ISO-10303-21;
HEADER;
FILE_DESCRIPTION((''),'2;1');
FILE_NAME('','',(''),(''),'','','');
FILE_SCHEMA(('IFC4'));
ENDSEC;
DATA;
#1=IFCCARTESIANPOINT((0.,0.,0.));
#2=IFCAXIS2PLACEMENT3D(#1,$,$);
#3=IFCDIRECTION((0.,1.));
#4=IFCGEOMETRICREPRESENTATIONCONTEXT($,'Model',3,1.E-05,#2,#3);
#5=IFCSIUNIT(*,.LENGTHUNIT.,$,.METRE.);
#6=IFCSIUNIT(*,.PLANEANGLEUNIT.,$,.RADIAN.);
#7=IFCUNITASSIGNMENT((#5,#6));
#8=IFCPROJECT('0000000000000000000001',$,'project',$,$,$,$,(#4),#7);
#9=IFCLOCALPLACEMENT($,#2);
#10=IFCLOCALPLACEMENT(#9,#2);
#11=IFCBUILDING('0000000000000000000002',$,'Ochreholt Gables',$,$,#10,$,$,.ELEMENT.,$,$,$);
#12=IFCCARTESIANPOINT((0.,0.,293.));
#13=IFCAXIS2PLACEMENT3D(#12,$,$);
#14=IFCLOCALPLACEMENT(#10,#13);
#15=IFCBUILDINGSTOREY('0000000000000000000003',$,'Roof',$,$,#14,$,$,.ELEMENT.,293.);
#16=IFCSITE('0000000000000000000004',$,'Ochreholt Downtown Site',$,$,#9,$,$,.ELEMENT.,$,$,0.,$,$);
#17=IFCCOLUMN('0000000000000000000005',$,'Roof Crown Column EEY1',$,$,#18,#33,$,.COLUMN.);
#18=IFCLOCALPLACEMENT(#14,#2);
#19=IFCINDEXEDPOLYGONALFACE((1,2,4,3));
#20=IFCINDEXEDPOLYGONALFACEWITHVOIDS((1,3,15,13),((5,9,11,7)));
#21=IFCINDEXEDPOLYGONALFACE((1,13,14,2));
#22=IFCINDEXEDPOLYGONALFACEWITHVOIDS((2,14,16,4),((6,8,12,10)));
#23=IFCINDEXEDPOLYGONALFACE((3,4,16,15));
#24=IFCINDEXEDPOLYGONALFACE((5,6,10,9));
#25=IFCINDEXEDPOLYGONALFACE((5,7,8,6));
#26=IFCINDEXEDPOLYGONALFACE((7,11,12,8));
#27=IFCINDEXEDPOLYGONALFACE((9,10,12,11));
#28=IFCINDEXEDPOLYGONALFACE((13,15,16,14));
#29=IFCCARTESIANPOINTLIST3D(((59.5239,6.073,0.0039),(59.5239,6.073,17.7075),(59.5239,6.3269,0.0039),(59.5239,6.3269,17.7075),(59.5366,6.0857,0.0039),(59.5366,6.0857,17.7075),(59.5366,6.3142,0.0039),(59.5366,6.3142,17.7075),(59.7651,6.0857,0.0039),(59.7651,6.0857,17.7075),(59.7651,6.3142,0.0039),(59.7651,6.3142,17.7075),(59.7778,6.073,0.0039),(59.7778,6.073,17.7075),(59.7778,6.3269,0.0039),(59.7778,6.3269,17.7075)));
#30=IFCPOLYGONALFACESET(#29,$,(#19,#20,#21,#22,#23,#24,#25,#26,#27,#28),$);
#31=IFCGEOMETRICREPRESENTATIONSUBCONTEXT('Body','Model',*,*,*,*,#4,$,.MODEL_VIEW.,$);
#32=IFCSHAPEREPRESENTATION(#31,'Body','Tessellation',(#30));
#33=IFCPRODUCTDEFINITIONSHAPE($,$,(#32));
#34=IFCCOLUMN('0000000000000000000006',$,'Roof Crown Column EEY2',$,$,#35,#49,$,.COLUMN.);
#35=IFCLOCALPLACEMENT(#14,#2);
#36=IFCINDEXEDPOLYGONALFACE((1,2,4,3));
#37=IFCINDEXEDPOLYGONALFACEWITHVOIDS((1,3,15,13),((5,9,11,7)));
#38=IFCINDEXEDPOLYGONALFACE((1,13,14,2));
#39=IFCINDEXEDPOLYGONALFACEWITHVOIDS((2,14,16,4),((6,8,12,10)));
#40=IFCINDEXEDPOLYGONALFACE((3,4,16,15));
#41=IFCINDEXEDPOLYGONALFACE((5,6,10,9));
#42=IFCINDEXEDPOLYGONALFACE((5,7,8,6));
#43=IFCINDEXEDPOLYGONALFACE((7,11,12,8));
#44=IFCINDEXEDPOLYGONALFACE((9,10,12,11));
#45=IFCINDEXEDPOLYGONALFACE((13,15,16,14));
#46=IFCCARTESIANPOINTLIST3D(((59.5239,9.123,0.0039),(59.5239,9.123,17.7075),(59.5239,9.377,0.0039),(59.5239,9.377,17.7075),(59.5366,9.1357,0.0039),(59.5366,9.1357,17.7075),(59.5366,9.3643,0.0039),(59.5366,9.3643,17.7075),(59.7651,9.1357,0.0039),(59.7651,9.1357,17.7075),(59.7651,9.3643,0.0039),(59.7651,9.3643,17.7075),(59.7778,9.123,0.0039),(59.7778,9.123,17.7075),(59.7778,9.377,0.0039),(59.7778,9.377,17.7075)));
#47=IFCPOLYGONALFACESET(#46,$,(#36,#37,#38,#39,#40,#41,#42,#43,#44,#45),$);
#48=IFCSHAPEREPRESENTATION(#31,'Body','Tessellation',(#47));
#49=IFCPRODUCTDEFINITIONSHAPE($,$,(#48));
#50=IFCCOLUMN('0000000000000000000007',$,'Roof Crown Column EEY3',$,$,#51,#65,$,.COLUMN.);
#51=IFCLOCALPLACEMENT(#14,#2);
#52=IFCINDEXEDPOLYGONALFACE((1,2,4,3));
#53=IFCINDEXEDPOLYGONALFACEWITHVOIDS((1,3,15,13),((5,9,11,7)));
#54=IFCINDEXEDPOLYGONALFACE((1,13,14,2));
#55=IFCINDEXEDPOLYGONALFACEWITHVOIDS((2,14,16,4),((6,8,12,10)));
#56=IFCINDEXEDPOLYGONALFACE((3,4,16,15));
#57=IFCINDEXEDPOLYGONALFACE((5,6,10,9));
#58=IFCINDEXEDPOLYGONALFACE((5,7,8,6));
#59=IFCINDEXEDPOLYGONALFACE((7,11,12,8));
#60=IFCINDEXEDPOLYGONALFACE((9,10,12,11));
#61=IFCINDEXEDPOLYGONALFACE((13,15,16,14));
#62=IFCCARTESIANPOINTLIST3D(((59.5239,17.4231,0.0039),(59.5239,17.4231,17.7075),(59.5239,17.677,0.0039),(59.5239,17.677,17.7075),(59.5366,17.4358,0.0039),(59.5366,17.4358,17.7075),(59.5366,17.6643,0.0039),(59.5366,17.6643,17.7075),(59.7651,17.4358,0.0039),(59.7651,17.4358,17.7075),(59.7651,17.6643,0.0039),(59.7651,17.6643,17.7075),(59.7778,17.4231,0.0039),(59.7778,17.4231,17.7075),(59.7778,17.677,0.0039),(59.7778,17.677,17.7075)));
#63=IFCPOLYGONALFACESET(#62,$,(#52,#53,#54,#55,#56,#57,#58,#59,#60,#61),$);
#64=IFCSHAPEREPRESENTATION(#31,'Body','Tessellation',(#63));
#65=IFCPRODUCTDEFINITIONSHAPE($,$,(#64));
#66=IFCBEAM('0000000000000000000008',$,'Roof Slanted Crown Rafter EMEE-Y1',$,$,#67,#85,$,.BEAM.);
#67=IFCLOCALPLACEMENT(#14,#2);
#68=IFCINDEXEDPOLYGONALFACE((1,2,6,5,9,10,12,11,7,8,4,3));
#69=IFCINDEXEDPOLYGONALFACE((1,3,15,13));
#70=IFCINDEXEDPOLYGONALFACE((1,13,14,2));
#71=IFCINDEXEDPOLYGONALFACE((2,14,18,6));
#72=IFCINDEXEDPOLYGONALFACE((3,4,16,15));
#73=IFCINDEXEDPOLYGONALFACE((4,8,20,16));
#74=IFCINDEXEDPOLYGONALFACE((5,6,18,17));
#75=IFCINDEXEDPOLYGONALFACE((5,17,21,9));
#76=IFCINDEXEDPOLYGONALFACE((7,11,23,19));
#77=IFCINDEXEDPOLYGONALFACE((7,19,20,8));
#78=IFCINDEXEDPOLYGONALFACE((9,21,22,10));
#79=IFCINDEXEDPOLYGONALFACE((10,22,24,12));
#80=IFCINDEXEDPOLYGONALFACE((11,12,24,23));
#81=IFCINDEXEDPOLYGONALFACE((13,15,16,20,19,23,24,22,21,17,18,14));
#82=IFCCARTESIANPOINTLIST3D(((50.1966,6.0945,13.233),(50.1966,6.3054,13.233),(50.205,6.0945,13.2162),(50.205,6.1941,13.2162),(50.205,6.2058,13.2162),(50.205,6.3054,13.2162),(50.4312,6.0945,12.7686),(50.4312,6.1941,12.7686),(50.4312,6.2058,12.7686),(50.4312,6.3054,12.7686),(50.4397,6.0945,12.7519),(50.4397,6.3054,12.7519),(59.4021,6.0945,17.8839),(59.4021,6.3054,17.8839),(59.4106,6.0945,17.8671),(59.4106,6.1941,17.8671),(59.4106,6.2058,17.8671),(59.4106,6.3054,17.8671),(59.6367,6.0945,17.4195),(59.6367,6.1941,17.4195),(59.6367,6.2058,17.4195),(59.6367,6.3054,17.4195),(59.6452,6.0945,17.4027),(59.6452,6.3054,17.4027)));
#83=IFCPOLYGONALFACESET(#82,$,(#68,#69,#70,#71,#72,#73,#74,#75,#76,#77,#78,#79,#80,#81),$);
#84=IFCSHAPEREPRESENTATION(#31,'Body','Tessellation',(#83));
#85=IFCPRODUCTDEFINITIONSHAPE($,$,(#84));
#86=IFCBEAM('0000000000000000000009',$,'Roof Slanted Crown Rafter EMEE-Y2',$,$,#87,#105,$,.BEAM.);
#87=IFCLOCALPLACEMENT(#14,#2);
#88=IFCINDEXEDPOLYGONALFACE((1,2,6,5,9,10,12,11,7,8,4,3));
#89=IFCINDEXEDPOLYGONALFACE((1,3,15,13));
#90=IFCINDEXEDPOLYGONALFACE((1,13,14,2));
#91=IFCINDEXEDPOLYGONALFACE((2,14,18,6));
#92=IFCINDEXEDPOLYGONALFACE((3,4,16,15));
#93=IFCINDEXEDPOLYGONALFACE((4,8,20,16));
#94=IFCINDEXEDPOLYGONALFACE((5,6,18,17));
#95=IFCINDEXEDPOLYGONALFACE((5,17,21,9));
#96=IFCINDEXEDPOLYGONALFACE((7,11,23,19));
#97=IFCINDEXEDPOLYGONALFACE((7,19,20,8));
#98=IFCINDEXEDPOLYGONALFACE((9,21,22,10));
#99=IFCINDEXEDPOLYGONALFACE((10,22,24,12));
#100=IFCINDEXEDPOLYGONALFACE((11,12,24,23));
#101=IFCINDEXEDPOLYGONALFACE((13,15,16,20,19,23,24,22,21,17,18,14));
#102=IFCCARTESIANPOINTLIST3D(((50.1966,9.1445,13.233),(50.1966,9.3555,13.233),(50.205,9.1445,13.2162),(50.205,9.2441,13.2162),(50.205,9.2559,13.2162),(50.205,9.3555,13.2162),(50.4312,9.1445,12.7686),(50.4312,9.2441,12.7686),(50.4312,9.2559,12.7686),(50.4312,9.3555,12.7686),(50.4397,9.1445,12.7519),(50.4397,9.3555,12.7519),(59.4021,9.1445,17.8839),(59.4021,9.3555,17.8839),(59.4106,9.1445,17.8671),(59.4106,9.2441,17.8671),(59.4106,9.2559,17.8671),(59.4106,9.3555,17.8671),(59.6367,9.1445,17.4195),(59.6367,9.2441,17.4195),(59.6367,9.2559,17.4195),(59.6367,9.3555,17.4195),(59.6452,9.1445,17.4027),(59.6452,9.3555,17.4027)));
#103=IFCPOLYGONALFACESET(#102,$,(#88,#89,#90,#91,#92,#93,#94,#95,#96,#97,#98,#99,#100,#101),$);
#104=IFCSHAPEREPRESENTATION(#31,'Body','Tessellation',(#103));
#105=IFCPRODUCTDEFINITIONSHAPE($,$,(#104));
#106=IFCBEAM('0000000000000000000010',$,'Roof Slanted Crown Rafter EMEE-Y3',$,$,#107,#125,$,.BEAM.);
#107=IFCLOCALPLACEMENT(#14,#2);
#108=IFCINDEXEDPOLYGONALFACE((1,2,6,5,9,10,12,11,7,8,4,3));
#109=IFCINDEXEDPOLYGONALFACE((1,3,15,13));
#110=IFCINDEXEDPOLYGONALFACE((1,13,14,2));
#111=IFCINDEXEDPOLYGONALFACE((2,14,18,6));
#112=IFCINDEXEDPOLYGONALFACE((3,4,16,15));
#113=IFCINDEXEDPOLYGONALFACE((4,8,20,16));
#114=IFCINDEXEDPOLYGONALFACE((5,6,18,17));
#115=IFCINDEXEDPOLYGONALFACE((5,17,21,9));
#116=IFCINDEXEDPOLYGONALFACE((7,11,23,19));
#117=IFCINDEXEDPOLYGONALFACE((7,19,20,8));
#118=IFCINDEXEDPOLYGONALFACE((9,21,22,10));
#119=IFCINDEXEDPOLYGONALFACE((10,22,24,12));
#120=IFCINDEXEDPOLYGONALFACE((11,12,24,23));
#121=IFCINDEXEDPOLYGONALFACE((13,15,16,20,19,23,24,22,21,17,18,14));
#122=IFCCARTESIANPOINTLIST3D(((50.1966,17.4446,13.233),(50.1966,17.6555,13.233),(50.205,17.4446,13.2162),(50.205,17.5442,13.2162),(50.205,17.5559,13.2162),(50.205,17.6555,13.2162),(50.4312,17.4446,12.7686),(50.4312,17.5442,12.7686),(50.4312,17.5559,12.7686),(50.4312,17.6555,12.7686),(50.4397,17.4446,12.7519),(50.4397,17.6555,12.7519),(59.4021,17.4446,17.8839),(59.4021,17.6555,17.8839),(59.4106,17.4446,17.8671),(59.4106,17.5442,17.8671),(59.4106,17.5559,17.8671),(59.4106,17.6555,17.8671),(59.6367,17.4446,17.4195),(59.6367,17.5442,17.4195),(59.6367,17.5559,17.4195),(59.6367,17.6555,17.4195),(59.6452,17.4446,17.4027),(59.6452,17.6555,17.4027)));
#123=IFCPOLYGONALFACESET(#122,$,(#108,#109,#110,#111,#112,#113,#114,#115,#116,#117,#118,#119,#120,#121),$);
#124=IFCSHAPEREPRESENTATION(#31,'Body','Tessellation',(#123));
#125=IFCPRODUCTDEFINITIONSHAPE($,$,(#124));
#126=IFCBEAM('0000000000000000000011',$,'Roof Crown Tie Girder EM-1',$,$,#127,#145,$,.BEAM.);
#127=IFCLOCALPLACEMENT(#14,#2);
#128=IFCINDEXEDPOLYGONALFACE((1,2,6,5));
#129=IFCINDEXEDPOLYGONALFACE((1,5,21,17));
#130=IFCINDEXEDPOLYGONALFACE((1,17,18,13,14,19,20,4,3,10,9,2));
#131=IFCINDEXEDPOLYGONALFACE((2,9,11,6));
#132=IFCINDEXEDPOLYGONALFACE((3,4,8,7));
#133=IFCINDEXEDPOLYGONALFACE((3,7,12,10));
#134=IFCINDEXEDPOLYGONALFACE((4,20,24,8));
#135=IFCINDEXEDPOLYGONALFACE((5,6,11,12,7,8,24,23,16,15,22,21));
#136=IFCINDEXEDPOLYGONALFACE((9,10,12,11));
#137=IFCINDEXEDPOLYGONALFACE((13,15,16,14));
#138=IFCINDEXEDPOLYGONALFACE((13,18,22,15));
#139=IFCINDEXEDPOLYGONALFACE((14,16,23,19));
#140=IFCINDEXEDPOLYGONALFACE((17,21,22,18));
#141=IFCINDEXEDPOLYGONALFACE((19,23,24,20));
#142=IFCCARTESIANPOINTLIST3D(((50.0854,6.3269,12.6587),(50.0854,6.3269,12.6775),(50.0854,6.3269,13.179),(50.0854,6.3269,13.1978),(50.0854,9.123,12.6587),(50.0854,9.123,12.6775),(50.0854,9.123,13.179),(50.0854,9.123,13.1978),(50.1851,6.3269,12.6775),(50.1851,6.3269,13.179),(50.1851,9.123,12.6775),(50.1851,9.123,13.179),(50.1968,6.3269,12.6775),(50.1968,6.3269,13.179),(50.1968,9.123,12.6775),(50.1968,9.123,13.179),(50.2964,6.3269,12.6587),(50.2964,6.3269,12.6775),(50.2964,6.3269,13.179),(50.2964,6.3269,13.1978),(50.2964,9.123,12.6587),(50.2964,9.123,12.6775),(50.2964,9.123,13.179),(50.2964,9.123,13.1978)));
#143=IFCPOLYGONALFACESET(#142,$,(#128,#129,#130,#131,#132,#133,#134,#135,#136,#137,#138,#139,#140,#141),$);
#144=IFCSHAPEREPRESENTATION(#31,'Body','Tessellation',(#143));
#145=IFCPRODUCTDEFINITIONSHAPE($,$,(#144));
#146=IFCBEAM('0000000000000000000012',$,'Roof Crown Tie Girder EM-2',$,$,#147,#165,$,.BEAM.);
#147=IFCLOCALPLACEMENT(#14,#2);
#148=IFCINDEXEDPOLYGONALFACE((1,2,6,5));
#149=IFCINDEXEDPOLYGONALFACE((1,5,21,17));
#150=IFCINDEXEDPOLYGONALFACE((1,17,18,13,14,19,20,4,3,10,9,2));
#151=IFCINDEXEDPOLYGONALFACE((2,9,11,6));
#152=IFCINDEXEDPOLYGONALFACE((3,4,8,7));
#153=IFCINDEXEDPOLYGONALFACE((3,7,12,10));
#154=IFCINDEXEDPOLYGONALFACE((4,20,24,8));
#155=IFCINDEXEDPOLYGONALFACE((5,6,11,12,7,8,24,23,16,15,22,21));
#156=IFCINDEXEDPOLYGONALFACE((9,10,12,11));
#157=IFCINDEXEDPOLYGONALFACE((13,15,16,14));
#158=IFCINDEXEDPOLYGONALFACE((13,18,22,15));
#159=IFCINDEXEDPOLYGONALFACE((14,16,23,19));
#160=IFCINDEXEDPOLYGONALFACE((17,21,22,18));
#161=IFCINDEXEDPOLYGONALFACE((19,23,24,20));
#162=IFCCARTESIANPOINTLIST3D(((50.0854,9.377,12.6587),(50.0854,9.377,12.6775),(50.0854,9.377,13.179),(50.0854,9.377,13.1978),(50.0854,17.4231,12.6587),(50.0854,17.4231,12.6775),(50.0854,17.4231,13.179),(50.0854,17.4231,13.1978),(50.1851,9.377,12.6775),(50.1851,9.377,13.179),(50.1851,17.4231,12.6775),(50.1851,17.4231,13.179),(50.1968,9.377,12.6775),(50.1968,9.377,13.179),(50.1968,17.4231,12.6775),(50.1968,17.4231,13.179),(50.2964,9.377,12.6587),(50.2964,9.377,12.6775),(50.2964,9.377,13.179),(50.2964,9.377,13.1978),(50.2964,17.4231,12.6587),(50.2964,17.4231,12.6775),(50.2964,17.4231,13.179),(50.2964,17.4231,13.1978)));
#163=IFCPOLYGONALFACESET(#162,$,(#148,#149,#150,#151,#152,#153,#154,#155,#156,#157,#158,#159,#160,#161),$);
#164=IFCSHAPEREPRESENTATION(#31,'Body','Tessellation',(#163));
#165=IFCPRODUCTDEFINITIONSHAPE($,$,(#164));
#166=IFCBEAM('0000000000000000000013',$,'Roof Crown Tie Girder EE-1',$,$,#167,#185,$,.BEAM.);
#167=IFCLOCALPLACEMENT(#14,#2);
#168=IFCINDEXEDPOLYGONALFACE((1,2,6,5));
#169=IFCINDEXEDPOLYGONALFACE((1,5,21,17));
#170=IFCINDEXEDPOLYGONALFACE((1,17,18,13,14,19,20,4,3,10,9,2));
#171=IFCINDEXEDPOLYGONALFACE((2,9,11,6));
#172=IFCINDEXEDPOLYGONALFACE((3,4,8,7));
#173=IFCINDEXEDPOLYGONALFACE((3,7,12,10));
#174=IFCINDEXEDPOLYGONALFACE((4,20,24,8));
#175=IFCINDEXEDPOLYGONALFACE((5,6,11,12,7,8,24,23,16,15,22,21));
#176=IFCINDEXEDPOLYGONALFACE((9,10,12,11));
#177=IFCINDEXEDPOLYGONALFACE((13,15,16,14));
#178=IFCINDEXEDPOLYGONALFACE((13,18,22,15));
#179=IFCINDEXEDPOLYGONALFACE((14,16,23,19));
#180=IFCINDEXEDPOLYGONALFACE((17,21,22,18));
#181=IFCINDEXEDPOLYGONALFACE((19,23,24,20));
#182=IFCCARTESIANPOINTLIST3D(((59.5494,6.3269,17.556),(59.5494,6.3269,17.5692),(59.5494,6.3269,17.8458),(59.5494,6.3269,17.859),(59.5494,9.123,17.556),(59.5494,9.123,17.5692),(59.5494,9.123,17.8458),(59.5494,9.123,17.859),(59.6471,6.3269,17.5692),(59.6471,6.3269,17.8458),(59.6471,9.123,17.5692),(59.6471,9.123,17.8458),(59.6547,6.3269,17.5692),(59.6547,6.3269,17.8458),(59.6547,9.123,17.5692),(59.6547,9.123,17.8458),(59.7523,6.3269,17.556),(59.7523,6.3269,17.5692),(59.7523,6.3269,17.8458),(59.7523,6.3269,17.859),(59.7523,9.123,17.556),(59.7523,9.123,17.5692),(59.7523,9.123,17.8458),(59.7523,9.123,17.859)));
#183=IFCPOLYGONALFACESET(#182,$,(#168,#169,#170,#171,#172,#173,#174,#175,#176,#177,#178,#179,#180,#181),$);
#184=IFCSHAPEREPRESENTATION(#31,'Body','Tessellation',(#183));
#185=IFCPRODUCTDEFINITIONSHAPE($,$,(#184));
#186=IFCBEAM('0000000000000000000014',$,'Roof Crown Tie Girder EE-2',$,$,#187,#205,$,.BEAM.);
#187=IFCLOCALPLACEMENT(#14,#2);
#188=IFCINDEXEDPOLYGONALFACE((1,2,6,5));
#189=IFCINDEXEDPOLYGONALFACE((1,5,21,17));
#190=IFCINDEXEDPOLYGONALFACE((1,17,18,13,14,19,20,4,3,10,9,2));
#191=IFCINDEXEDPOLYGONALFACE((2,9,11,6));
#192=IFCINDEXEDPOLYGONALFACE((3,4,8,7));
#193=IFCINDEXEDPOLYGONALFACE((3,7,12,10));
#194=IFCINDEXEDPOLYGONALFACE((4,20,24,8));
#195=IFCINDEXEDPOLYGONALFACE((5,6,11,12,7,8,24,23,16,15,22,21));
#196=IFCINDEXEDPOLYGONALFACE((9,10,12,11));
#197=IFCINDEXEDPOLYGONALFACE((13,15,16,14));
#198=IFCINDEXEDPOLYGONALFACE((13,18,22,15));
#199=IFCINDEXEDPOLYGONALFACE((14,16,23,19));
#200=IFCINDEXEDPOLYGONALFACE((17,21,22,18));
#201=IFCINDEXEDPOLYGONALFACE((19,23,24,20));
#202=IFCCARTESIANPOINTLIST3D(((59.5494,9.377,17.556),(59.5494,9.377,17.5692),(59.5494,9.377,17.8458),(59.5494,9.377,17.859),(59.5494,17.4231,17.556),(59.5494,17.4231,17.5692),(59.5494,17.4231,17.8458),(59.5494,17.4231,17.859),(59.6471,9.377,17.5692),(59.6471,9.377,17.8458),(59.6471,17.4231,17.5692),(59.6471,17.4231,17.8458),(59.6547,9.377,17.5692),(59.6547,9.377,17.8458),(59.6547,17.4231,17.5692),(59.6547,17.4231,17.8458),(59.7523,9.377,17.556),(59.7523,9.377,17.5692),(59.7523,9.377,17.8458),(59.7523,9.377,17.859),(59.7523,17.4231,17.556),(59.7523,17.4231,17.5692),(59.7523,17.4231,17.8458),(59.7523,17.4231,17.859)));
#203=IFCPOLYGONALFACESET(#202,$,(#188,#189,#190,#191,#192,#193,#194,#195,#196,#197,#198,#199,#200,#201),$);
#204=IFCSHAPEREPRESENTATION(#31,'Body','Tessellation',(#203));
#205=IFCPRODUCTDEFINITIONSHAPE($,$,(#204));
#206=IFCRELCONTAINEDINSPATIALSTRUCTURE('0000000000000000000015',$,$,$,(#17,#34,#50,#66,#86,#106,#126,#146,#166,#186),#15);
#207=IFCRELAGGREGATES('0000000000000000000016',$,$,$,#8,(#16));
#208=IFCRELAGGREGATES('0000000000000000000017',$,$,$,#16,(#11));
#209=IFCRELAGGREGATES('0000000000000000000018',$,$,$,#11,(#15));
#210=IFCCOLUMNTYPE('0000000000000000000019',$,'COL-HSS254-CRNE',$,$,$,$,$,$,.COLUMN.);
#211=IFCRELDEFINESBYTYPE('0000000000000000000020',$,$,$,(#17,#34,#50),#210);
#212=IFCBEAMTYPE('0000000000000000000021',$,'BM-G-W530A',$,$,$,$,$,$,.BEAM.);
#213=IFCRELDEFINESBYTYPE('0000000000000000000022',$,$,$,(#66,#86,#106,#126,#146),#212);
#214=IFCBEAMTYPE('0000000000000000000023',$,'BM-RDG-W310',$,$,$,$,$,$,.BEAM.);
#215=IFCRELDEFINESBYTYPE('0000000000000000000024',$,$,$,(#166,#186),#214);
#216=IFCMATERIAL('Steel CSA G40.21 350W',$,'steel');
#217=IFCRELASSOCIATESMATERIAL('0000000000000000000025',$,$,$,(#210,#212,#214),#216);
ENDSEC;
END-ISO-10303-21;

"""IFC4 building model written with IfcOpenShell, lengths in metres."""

from ifc_helpers import new_model, si_unit, direction, frame, origin, origin_2d, place, context, subcontext, project, spatial, hollow_rectangle, i_section, extrude, material, material_profile, profile_set, type_object, element, save


model = new_model("IFC4")

# Units and contexts
model_context = context("Model", 3, precision=1e-05, world=origin(), true_north=direction((0.0, 1.0)))
body_context = subcontext(model_context, "Body", "Model", "MODEL_VIEW")
ifc_project = project(units=[si_unit("LENGTHUNIT", "METRE"), si_unit("PLANEANGLEUNIT", "RADIAN")], contexts=[model_context])

# Site, building, storey
site_placement = place(None, origin())
site = spatial("IfcSite", under=ifc_project, at=site_placement, Name="Ochreholt Downtown Site", CompositionType="ELEMENT", RefElevation=0.0)
building_placement = place(site_placement, origin())
building = spatial("IfcBuilding", under=site, at=building_placement, Name="Ochreholt Gables", CompositionType="ELEMENT")
storey_placement = place(building_placement, frame((0.0, 0.0, 293.0)))
storey = spatial("IfcBuildingStorey", under=building, at=storey_placement, Name="Roof", CompositionType="ELEMENT", Elevation=293.0)

# Columns
ifc_material_1 = material(Name="Steel CSA G40.21 350W", Category="steel")
ifc_material_profile_1 = material_profile(ifc_material_1, hollow_rectangle(XDim=0.2539, YDim=0.2539, WallThickness=0.0127, at=origin_2d()), Name="HSS254X254X13")
ifc_profile_set_1 = profile_set([ifc_material_profile_1], Name="Steel CSA G40.21 350W")
column_type = type_object("IfcColumnType", Name="COL-HSS254-CRNE", PredefinedType="COLUMN", material=ifc_profile_set_1)
for number, where, z_axis, x_axis, name in (
    (1, (59.6509, 6.2, 0.0039), (0.0, 0.0, 1.0), (1.0, 0.0, 0.0), "Roof Crown Column EEY1"),
    (2, (59.6509, 9.25, 0.0039), (0.0, 0.0, 1.0), (1.0, 0.0, 0.0), "Roof Crown Column EEY2"),
    (3, (59.6509, 17.55, 0.0039), (0.0, 0.0, 1.0), (1.0, 0.0, 0.0), "Roof Crown Column EEY3"),
):
    element("IfcColumn", number, at=place(storey_placement, frame(where, z_axis=z_axis, x_axis=x_axis)), inside=storey, type_object=column_type, Name=name, PredefinedType="COLUMN", context=body_context, shape_type="SweptSolid", body=[
        extrude(hollow_rectangle(XDim=0.2539, YDim=0.2539, WallThickness=0.0127, at=origin_2d()), origin(), (0.0, 0.0, 1.0), 17.7036),
    ])

# Beams
ifc_material_profile_2 = material_profile(ifc_material_1, i_section(OverallWidth=0.2109, OverallDepth=0.5391, WebThickness=0.0117, FlangeThickness=0.0188, at=origin_2d()), Name="W530X109")
ifc_profile_set_2 = profile_set([ifc_material_profile_2], Name="Steel CSA G40.21 350W")
beam_type_1 = type_object("IfcBeamType", Name="BM-G-W530A", PredefinedType="BEAM", material=ifc_profile_set_2)
for number, where, z_axis, x_axis, name in (
    (4, (50.3181, 6.2, 12.9924), (0.892554, 0.0, 0.45094), (0.0, 1.0, 0.0), "Roof Slanted Crown Rafter EMEE-Y1"),
    (5, (50.3181, 9.25, 12.9924), (0.892554, 0.0, 0.45094), (0.0, 1.0, 0.0), "Roof Slanted Crown Rafter EMEE-Y2"),
    (6, (50.3181, 17.55, 12.9924), (0.892554, 0.0, 0.45094), (0.0, 1.0, 0.0), "Roof Slanted Crown Rafter EMEE-Y3"),
):
    element("IfcBeam", number, at=place(storey_placement, frame(where, z_axis=z_axis, x_axis=x_axis)), inside=storey, type_object=beam_type_1, Name=name, PredefinedType="BEAM", context=body_context, shape_type="SweptSolid", body=[
        extrude(i_section(OverallWidth=0.2109, OverallDepth=0.5391, WebThickness=0.0117, FlangeThickness=0.0188, at=origin_2d()), origin(), (0.0, 0.0, 1.0), 10.3137),
    ])
beam_1_placement = place(storey_placement, frame((50.1909, 6.3269, 12.9282), z_axis=(0.0, 1.0, 0.0), x_axis=(-1.0, 0.0, 0.0)))
element("IfcBeam", 7, at=beam_1_placement, inside=storey, type_object=beam_type_1, Name="Roof Crown Tie Girder EM-1", PredefinedType="BEAM", context=body_context, shape_type="SweptSolid", body=[
    extrude(i_section(OverallWidth=0.2109, OverallDepth=0.5391, WebThickness=0.0117, FlangeThickness=0.0188, at=origin_2d()), origin(), (0.0, 0.0, 1.0), 2.7961),
])
beam_2_placement = place(storey_placement, frame((50.1909, 9.377, 12.9282), z_axis=(0.0, 1.0, 0.0), x_axis=(-1.0, 0.0, 0.0)))
element("IfcBeam", 8, at=beam_2_placement, inside=storey, type_object=beam_type_1, Name="Roof Crown Tie Girder EM-2", PredefinedType="BEAM", context=body_context, shape_type="SweptSolid", body=[
    extrude(i_section(OverallWidth=0.2109, OverallDepth=0.5391, WebThickness=0.0117, FlangeThickness=0.0188, at=origin_2d()), origin(), (0.0, 0.0, 1.0), 8.0461),
])
ifc_material_profile_3 = material_profile(ifc_material_1, i_section(OverallWidth=0.2029, OverallDepth=0.303, WebThickness=0.0076, FlangeThickness=0.0132, at=origin_2d()), Name="W310X60")
ifc_profile_set_3 = profile_set([ifc_material_profile_3], Name="Steel CSA G40.21 350W")
beam_type_2 = type_object("IfcBeamType", Name="BM-RDG-W310", PredefinedType="BEAM", material=ifc_profile_set_3)
beam_3_placement = place(storey_placement, frame((59.6509, 6.3269, 17.7075), z_axis=(0.0, 1.0, 0.0), x_axis=(-1.0, 0.0, 0.0)))
element("IfcBeam", 9, at=beam_3_placement, inside=storey, type_object=beam_type_2, Name="Roof Crown Tie Girder EE-1", PredefinedType="BEAM", context=body_context, shape_type="SweptSolid", body=[
    extrude(i_section(OverallWidth=0.2029, OverallDepth=0.303, WebThickness=0.0076, FlangeThickness=0.0132, at=origin_2d()), origin(), (0.0, 0.0, 1.0), 2.7961),
])
beam_4_placement = place(storey_placement, frame((59.6509, 9.377, 17.7075), z_axis=(0.0, 1.0, 0.0), x_axis=(-1.0, 0.0, 0.0)))
element("IfcBeam", 10, at=beam_4_placement, inside=storey, type_object=beam_type_2, Name="Roof Crown Tie Girder EE-2", PredefinedType="BEAM", context=body_context, shape_type="SweptSolid", body=[
    extrude(i_section(OverallWidth=0.2029, OverallDepth=0.303, WebThickness=0.0076, FlangeThickness=0.0132, at=origin_2d()), origin(), (0.0, 0.0, 1.0), 8.0461),
])

save(model, "model.ifc")
